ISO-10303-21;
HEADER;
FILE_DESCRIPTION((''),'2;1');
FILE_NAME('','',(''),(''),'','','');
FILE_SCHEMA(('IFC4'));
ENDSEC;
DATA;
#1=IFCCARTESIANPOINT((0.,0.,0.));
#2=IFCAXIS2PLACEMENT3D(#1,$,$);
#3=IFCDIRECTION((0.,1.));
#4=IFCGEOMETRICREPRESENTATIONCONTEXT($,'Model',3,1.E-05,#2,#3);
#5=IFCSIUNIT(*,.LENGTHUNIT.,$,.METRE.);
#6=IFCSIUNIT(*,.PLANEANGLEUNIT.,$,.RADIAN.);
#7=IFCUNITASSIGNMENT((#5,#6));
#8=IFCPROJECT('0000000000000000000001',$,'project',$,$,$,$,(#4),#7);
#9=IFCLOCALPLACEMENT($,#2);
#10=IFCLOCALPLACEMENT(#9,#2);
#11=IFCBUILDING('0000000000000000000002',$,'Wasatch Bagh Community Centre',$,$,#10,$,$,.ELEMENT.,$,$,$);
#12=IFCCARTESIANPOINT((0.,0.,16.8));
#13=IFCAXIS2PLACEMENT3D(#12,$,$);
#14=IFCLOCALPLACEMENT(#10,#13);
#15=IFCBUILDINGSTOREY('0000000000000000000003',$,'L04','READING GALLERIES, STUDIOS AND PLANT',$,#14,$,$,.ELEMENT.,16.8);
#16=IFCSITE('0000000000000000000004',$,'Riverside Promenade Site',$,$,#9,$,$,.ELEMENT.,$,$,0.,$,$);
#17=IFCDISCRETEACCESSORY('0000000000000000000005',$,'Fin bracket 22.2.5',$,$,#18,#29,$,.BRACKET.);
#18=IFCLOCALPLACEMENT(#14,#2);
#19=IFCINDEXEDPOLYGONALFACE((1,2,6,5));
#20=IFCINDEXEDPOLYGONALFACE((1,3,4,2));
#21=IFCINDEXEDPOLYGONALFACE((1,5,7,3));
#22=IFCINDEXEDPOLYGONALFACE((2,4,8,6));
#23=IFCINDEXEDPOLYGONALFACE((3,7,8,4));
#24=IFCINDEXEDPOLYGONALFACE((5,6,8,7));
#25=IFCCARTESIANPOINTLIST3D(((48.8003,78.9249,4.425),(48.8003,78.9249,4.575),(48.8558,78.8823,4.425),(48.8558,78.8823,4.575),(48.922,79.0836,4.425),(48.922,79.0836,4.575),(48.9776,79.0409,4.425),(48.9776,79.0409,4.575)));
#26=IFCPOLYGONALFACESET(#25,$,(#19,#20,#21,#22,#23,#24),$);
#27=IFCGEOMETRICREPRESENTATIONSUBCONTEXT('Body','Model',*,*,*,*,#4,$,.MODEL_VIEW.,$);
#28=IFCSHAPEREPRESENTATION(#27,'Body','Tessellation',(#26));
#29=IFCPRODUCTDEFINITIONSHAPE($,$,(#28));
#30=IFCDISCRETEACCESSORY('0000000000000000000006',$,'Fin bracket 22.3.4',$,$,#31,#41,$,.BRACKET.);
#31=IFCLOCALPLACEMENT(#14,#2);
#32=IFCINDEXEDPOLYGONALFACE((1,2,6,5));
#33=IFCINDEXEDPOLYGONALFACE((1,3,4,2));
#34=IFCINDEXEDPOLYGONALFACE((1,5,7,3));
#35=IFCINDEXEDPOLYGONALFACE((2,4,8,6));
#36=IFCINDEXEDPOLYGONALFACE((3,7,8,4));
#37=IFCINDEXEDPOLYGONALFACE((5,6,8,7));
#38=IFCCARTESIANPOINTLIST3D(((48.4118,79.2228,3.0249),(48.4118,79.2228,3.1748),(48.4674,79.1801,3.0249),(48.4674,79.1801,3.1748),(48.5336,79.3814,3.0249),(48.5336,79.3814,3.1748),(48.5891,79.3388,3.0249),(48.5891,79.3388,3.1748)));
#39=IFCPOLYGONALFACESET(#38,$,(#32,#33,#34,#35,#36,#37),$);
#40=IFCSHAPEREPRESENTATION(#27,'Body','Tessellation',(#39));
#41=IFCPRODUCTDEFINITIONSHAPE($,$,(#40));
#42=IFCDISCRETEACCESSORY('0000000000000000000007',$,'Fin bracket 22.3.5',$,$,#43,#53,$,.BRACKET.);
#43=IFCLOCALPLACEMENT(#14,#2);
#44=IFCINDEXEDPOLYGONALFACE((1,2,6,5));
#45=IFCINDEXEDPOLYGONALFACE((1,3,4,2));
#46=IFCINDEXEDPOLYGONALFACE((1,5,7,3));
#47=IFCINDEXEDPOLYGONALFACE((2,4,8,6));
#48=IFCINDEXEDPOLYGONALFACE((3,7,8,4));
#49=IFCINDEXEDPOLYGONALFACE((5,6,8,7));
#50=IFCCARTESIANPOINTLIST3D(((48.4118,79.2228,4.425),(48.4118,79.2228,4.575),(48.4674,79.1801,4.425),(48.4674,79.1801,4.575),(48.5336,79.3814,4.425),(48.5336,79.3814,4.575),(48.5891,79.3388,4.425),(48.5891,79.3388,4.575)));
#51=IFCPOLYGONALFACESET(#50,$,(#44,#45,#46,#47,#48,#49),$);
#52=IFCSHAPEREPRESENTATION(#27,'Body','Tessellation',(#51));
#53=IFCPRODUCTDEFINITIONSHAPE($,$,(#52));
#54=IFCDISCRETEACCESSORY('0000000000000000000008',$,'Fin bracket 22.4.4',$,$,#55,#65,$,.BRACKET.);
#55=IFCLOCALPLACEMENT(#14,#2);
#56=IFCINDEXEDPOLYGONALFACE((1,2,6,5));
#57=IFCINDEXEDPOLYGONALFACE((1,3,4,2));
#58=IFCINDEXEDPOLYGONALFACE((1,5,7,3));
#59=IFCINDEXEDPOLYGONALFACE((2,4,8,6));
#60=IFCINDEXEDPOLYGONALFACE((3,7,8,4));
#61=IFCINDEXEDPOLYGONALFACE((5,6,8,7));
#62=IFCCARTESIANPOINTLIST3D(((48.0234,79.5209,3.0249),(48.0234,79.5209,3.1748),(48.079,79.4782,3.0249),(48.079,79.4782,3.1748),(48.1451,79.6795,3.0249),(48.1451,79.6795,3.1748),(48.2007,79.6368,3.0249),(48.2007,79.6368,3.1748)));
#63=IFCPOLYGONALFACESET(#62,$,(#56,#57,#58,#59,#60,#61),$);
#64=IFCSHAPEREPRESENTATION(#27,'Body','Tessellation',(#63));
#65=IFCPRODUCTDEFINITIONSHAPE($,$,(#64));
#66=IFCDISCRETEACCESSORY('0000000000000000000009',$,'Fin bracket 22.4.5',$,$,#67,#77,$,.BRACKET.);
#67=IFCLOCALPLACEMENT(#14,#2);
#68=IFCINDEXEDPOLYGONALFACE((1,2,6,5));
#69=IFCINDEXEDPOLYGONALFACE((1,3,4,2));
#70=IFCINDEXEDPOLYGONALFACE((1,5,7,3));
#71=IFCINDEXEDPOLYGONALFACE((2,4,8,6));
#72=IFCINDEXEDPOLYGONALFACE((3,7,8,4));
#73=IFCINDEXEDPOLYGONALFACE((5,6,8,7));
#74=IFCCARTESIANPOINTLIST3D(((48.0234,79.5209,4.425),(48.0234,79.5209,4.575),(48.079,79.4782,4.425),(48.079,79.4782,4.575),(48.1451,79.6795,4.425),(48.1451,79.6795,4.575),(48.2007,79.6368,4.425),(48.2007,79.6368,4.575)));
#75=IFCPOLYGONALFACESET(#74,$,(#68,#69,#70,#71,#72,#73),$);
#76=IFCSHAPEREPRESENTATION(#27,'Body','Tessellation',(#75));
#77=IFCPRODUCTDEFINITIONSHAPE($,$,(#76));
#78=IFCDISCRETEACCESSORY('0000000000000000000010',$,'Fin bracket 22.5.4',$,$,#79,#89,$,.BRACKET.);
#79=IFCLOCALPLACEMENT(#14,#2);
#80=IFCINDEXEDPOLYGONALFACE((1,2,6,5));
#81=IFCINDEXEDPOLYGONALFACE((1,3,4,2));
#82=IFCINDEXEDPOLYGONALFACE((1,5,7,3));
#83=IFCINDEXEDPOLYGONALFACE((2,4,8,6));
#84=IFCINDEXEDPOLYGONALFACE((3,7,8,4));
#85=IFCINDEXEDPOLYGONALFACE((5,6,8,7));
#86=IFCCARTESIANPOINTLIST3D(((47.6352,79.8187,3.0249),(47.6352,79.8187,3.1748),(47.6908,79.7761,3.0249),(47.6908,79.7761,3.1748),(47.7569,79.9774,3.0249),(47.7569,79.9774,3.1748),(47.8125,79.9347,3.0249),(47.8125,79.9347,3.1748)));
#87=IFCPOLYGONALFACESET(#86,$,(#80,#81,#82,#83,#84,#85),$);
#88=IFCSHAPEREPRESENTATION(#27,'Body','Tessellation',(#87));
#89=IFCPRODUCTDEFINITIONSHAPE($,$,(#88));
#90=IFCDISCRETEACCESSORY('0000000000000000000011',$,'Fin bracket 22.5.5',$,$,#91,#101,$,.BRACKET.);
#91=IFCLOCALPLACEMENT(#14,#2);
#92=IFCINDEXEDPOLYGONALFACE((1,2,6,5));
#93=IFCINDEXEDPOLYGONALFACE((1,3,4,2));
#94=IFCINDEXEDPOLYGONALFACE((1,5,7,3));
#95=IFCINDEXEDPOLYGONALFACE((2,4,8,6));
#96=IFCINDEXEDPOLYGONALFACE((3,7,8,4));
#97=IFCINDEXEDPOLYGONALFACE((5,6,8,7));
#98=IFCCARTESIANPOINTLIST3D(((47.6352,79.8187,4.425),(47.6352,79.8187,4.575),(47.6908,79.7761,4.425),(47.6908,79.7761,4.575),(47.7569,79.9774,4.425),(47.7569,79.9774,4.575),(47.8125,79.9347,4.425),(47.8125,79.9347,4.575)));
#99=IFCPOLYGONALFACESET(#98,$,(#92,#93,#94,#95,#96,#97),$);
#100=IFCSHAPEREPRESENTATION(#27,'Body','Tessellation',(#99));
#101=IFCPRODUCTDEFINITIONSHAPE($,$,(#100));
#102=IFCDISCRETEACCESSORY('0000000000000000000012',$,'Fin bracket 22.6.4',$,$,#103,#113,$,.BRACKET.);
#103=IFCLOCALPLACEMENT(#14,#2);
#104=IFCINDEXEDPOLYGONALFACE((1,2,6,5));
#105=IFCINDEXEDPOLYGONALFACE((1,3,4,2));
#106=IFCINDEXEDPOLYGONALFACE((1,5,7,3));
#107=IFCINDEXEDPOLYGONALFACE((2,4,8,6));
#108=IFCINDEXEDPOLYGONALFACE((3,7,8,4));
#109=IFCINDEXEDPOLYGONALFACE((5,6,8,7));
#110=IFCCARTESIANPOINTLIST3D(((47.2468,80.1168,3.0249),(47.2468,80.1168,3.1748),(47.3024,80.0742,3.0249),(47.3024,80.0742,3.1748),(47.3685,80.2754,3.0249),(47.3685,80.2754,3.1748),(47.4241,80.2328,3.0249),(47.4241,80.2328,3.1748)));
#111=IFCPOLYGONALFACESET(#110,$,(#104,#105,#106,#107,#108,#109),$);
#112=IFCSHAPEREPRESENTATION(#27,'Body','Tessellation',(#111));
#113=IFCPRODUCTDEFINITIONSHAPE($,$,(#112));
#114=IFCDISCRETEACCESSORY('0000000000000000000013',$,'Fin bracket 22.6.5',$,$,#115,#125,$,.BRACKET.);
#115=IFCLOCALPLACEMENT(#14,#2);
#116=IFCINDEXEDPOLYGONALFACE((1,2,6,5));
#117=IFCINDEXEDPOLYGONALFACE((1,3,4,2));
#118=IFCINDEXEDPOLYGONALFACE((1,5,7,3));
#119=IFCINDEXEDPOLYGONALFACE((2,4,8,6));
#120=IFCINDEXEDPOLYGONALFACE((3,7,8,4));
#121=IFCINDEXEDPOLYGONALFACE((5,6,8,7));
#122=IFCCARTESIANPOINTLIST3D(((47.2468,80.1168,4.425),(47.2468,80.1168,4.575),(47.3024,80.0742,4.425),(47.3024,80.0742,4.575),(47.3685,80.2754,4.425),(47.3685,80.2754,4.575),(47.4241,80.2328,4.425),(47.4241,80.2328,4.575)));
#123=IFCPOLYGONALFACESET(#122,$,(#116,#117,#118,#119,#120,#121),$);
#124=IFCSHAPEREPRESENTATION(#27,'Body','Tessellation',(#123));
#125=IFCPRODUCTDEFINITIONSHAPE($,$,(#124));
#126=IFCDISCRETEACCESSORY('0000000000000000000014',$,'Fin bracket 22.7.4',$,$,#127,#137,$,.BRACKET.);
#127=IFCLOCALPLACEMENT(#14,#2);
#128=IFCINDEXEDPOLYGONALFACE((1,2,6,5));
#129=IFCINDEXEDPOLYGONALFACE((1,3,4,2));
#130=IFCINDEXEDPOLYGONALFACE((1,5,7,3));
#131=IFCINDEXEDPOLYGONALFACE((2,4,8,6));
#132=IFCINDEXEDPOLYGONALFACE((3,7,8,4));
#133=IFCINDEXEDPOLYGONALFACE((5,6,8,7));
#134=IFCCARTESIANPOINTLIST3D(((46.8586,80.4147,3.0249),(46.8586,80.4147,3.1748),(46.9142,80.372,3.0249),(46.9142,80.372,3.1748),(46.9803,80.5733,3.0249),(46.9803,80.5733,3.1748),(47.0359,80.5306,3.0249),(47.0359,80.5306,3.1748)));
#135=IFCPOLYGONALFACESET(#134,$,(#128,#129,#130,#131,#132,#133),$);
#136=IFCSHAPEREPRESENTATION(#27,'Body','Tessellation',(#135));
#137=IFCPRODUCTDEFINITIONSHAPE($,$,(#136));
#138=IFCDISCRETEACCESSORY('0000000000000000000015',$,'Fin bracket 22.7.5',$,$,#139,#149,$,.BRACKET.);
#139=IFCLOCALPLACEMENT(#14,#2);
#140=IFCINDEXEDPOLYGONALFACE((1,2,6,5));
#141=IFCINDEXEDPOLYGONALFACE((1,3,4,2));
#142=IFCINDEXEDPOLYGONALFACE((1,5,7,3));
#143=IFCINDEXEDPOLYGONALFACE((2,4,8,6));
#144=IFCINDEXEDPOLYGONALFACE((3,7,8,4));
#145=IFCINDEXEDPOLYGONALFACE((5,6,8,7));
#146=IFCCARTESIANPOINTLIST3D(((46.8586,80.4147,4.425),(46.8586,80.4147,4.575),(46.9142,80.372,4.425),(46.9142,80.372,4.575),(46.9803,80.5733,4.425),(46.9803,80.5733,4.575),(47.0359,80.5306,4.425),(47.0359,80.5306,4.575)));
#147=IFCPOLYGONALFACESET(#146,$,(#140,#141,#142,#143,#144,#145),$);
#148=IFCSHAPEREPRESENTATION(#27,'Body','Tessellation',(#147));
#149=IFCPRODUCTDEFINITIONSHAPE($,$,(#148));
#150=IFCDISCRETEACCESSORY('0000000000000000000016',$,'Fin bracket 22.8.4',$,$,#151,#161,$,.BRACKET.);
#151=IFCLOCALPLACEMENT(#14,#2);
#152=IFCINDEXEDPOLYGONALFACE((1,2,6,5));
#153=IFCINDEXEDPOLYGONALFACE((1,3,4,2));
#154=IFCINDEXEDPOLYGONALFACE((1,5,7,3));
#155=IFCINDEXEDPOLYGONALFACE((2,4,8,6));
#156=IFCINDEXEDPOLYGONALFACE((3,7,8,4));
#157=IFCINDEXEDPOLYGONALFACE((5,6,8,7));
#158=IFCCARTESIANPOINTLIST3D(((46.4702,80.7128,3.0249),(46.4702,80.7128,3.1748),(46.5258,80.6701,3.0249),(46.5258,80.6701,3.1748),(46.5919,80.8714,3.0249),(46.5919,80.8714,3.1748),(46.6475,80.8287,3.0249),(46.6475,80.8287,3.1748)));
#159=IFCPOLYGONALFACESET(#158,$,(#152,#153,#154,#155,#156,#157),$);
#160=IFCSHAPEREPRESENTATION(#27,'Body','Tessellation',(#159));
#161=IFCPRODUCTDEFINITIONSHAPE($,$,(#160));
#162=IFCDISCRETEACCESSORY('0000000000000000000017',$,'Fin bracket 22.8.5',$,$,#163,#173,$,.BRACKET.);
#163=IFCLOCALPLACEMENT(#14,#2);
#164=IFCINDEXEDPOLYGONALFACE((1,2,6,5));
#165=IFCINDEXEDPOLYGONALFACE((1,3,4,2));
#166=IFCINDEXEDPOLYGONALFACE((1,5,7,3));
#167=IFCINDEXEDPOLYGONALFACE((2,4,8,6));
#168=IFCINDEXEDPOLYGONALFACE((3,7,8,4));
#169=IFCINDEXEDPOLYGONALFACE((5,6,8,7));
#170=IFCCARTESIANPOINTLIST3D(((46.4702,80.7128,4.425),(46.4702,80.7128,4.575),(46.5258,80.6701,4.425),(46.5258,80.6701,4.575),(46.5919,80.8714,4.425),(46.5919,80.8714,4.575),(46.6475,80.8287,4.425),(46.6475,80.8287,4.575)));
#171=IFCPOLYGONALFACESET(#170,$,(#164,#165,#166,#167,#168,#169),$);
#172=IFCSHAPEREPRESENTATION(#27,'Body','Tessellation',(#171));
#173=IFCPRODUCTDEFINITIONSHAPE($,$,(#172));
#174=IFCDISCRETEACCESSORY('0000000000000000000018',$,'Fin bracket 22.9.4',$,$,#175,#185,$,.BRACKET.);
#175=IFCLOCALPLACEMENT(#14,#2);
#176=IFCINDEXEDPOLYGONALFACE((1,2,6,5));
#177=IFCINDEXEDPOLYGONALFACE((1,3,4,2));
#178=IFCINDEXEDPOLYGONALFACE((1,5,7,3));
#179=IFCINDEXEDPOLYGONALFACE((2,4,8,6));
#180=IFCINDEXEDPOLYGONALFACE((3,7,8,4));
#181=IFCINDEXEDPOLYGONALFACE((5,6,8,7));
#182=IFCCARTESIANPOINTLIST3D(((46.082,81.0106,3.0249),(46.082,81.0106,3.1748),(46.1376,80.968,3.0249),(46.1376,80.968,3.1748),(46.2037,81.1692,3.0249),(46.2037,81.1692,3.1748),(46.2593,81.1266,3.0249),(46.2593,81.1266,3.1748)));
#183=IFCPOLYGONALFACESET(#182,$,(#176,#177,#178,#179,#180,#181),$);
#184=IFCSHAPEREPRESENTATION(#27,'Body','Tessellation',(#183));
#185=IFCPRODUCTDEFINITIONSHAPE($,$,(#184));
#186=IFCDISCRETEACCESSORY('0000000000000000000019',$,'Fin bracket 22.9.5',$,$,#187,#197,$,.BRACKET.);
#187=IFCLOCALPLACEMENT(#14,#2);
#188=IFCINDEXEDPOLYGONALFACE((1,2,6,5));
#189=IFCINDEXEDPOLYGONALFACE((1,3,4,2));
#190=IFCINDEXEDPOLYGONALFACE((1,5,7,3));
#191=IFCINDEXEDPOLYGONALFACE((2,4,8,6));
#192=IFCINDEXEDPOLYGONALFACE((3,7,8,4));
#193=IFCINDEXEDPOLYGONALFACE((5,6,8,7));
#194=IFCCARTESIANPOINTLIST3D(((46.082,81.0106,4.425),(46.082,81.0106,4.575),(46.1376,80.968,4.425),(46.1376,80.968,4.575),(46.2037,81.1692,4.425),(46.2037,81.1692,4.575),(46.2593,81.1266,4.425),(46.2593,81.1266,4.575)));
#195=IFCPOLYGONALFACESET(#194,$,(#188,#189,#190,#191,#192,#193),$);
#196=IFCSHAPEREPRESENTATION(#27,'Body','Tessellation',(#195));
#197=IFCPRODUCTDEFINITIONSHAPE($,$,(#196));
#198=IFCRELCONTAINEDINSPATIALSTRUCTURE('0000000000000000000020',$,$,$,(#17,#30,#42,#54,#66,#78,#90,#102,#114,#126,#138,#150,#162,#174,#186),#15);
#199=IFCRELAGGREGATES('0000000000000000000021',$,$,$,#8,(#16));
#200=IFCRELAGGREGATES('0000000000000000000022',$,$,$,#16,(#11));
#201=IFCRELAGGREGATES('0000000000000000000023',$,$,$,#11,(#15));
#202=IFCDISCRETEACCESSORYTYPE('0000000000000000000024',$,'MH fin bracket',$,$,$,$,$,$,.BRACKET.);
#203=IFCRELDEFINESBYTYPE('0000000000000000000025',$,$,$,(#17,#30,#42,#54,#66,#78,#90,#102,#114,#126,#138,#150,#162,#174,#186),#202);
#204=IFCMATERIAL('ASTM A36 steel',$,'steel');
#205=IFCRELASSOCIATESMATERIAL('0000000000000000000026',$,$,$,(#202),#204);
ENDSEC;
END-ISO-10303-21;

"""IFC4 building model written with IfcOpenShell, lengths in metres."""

from ifc_helpers import new_model, si_unit, direction, frame, origin, origin_2d, place, context, subcontext, project, spatial, rectangle, extrude, material, type_object, element, save


model = new_model("IFC4")

# Units and contexts
model_context = context("Model", 3, precision=1e-05, world=origin(), true_north=direction((0.0, 1.0)))
body_context = subcontext(model_context, "Body", "Model", "MODEL_VIEW")
ifc_project = project(units=[si_unit("LENGTHUNIT", "METRE"), si_unit("PLANEANGLEUNIT", "RADIAN")], contexts=[model_context])

# Site, building, storey
site_placement = place(None, origin())
site = spatial("IfcSite", under=ifc_project, at=site_placement, Name="Riverside Promenade Site", CompositionType="ELEMENT", RefElevation=0.0)
building_placement = place(site_placement, origin())
building = spatial("IfcBuilding", under=site, at=building_placement, Name="Wasatch Bagh Community Centre", CompositionType="ELEMENT")
storey_placement = place(building_placement, frame((0.0, 0.0, 16.8)))
storey = spatial("IfcBuildingStorey", under=building, at=storey_placement, Name="L04", Description="READING GALLERIES, STUDIOS AND PLANT", CompositionType="ELEMENT", Elevation=16.8)

# Discrete accessories
ifc_material_1 = material(Name="ASTM A36 steel", Category="steel")
discrete_accessory_type = type_object("IfcDiscreteAccessoryType", Name="MH fin bracket", PredefinedType="BRACKET", material=ifc_material_1)
for number, where, z_axis, x_axis, name in (
    (1, (48.8889, 78.9829, 4.425), (0.0, 0.0, 1.0), (-0.793353, 0.608761, 0.0), "Fin bracket 22.2.5"),
    (2, (48.5005, 79.2808, 3.0249), (0.0, 0.0, 1.0), (-0.793353, 0.608761, 0.0), "Fin bracket 22.3.4"),
    (3, (48.5005, 79.2808, 4.425), (0.0, 0.0, 1.0), (-0.793353, 0.608761, 0.0), "Fin bracket 22.3.5"),
    (4, (48.1121, 79.5789, 3.0249), (0.0, 0.0, 1.0), (-0.793353, 0.608761, 0.0), "Fin bracket 22.4.4"),
    (5, (48.1121, 79.5789, 4.425), (0.0, 0.0, 1.0), (-0.793353, 0.608761, 0.0), "Fin bracket 22.4.5"),
    (6, (47.7239, 79.8767, 3.0249), (0.0, 0.0, 1.0), (-0.793353, 0.608761, 0.0), "Fin bracket 22.5.4"),
    (7, (47.7239, 79.8767, 4.425), (0.0, 0.0, 1.0), (-0.793353, 0.608761, 0.0), "Fin bracket 22.5.5"),
    (8, (47.3354, 80.1748, 3.0249), (0.0, 0.0, 1.0), (-0.793353, 0.608761, 0.0), "Fin bracket 22.6.4"),
    (9, (47.3354, 80.1748, 4.425), (0.0, 0.0, 1.0), (-0.793353, 0.608761, 0.0), "Fin bracket 22.6.5"),
    (10, (46.9473, 80.4727, 3.0249), (0.0, 0.0, 1.0), (-0.793353, 0.608761, 0.0), "Fin bracket 22.7.4"),
    (11, (46.9473, 80.4727, 4.425), (0.0, 0.0, 1.0), (-0.793353, 0.608761, 0.0), "Fin bracket 22.7.5"),
    (12, (46.5588, 80.7708, 3.0249), (0.0, 0.0, 1.0), (-0.793353, 0.608761, 0.0), "Fin bracket 22.8.4"),
    (13, (46.5588, 80.7708, 4.425), (0.0, 0.0, 1.0), (-0.793353, 0.608761, 0.0), "Fin bracket 22.8.5"),
    (14, (46.1707, 81.0686, 3.0249), (0.0, 0.0, 1.0), (-0.793353, 0.608761, 0.0), "Fin bracket 22.9.4"),
    (15, (46.1707, 81.0686, 4.425), (0.0, 0.0, 1.0), (-0.793353, 0.608761, 0.0), "Fin bracket 22.9.5"),
):
    element("IfcDiscreteAccessory", number, at=place(storey_placement, frame(where, z_axis=z_axis, x_axis=x_axis)), inside=storey, type_object=discrete_accessory_type, Name=name, PredefinedType="BRACKET", context=body_context, shape_type="SweptSolid", body=[
        extrude(rectangle(XDim=0.0701, YDim=0.2, at=origin_2d()), origin(), (0.0, 0.0, 1.0), 0.1499),
    ])

save(model, "model.ifc")
